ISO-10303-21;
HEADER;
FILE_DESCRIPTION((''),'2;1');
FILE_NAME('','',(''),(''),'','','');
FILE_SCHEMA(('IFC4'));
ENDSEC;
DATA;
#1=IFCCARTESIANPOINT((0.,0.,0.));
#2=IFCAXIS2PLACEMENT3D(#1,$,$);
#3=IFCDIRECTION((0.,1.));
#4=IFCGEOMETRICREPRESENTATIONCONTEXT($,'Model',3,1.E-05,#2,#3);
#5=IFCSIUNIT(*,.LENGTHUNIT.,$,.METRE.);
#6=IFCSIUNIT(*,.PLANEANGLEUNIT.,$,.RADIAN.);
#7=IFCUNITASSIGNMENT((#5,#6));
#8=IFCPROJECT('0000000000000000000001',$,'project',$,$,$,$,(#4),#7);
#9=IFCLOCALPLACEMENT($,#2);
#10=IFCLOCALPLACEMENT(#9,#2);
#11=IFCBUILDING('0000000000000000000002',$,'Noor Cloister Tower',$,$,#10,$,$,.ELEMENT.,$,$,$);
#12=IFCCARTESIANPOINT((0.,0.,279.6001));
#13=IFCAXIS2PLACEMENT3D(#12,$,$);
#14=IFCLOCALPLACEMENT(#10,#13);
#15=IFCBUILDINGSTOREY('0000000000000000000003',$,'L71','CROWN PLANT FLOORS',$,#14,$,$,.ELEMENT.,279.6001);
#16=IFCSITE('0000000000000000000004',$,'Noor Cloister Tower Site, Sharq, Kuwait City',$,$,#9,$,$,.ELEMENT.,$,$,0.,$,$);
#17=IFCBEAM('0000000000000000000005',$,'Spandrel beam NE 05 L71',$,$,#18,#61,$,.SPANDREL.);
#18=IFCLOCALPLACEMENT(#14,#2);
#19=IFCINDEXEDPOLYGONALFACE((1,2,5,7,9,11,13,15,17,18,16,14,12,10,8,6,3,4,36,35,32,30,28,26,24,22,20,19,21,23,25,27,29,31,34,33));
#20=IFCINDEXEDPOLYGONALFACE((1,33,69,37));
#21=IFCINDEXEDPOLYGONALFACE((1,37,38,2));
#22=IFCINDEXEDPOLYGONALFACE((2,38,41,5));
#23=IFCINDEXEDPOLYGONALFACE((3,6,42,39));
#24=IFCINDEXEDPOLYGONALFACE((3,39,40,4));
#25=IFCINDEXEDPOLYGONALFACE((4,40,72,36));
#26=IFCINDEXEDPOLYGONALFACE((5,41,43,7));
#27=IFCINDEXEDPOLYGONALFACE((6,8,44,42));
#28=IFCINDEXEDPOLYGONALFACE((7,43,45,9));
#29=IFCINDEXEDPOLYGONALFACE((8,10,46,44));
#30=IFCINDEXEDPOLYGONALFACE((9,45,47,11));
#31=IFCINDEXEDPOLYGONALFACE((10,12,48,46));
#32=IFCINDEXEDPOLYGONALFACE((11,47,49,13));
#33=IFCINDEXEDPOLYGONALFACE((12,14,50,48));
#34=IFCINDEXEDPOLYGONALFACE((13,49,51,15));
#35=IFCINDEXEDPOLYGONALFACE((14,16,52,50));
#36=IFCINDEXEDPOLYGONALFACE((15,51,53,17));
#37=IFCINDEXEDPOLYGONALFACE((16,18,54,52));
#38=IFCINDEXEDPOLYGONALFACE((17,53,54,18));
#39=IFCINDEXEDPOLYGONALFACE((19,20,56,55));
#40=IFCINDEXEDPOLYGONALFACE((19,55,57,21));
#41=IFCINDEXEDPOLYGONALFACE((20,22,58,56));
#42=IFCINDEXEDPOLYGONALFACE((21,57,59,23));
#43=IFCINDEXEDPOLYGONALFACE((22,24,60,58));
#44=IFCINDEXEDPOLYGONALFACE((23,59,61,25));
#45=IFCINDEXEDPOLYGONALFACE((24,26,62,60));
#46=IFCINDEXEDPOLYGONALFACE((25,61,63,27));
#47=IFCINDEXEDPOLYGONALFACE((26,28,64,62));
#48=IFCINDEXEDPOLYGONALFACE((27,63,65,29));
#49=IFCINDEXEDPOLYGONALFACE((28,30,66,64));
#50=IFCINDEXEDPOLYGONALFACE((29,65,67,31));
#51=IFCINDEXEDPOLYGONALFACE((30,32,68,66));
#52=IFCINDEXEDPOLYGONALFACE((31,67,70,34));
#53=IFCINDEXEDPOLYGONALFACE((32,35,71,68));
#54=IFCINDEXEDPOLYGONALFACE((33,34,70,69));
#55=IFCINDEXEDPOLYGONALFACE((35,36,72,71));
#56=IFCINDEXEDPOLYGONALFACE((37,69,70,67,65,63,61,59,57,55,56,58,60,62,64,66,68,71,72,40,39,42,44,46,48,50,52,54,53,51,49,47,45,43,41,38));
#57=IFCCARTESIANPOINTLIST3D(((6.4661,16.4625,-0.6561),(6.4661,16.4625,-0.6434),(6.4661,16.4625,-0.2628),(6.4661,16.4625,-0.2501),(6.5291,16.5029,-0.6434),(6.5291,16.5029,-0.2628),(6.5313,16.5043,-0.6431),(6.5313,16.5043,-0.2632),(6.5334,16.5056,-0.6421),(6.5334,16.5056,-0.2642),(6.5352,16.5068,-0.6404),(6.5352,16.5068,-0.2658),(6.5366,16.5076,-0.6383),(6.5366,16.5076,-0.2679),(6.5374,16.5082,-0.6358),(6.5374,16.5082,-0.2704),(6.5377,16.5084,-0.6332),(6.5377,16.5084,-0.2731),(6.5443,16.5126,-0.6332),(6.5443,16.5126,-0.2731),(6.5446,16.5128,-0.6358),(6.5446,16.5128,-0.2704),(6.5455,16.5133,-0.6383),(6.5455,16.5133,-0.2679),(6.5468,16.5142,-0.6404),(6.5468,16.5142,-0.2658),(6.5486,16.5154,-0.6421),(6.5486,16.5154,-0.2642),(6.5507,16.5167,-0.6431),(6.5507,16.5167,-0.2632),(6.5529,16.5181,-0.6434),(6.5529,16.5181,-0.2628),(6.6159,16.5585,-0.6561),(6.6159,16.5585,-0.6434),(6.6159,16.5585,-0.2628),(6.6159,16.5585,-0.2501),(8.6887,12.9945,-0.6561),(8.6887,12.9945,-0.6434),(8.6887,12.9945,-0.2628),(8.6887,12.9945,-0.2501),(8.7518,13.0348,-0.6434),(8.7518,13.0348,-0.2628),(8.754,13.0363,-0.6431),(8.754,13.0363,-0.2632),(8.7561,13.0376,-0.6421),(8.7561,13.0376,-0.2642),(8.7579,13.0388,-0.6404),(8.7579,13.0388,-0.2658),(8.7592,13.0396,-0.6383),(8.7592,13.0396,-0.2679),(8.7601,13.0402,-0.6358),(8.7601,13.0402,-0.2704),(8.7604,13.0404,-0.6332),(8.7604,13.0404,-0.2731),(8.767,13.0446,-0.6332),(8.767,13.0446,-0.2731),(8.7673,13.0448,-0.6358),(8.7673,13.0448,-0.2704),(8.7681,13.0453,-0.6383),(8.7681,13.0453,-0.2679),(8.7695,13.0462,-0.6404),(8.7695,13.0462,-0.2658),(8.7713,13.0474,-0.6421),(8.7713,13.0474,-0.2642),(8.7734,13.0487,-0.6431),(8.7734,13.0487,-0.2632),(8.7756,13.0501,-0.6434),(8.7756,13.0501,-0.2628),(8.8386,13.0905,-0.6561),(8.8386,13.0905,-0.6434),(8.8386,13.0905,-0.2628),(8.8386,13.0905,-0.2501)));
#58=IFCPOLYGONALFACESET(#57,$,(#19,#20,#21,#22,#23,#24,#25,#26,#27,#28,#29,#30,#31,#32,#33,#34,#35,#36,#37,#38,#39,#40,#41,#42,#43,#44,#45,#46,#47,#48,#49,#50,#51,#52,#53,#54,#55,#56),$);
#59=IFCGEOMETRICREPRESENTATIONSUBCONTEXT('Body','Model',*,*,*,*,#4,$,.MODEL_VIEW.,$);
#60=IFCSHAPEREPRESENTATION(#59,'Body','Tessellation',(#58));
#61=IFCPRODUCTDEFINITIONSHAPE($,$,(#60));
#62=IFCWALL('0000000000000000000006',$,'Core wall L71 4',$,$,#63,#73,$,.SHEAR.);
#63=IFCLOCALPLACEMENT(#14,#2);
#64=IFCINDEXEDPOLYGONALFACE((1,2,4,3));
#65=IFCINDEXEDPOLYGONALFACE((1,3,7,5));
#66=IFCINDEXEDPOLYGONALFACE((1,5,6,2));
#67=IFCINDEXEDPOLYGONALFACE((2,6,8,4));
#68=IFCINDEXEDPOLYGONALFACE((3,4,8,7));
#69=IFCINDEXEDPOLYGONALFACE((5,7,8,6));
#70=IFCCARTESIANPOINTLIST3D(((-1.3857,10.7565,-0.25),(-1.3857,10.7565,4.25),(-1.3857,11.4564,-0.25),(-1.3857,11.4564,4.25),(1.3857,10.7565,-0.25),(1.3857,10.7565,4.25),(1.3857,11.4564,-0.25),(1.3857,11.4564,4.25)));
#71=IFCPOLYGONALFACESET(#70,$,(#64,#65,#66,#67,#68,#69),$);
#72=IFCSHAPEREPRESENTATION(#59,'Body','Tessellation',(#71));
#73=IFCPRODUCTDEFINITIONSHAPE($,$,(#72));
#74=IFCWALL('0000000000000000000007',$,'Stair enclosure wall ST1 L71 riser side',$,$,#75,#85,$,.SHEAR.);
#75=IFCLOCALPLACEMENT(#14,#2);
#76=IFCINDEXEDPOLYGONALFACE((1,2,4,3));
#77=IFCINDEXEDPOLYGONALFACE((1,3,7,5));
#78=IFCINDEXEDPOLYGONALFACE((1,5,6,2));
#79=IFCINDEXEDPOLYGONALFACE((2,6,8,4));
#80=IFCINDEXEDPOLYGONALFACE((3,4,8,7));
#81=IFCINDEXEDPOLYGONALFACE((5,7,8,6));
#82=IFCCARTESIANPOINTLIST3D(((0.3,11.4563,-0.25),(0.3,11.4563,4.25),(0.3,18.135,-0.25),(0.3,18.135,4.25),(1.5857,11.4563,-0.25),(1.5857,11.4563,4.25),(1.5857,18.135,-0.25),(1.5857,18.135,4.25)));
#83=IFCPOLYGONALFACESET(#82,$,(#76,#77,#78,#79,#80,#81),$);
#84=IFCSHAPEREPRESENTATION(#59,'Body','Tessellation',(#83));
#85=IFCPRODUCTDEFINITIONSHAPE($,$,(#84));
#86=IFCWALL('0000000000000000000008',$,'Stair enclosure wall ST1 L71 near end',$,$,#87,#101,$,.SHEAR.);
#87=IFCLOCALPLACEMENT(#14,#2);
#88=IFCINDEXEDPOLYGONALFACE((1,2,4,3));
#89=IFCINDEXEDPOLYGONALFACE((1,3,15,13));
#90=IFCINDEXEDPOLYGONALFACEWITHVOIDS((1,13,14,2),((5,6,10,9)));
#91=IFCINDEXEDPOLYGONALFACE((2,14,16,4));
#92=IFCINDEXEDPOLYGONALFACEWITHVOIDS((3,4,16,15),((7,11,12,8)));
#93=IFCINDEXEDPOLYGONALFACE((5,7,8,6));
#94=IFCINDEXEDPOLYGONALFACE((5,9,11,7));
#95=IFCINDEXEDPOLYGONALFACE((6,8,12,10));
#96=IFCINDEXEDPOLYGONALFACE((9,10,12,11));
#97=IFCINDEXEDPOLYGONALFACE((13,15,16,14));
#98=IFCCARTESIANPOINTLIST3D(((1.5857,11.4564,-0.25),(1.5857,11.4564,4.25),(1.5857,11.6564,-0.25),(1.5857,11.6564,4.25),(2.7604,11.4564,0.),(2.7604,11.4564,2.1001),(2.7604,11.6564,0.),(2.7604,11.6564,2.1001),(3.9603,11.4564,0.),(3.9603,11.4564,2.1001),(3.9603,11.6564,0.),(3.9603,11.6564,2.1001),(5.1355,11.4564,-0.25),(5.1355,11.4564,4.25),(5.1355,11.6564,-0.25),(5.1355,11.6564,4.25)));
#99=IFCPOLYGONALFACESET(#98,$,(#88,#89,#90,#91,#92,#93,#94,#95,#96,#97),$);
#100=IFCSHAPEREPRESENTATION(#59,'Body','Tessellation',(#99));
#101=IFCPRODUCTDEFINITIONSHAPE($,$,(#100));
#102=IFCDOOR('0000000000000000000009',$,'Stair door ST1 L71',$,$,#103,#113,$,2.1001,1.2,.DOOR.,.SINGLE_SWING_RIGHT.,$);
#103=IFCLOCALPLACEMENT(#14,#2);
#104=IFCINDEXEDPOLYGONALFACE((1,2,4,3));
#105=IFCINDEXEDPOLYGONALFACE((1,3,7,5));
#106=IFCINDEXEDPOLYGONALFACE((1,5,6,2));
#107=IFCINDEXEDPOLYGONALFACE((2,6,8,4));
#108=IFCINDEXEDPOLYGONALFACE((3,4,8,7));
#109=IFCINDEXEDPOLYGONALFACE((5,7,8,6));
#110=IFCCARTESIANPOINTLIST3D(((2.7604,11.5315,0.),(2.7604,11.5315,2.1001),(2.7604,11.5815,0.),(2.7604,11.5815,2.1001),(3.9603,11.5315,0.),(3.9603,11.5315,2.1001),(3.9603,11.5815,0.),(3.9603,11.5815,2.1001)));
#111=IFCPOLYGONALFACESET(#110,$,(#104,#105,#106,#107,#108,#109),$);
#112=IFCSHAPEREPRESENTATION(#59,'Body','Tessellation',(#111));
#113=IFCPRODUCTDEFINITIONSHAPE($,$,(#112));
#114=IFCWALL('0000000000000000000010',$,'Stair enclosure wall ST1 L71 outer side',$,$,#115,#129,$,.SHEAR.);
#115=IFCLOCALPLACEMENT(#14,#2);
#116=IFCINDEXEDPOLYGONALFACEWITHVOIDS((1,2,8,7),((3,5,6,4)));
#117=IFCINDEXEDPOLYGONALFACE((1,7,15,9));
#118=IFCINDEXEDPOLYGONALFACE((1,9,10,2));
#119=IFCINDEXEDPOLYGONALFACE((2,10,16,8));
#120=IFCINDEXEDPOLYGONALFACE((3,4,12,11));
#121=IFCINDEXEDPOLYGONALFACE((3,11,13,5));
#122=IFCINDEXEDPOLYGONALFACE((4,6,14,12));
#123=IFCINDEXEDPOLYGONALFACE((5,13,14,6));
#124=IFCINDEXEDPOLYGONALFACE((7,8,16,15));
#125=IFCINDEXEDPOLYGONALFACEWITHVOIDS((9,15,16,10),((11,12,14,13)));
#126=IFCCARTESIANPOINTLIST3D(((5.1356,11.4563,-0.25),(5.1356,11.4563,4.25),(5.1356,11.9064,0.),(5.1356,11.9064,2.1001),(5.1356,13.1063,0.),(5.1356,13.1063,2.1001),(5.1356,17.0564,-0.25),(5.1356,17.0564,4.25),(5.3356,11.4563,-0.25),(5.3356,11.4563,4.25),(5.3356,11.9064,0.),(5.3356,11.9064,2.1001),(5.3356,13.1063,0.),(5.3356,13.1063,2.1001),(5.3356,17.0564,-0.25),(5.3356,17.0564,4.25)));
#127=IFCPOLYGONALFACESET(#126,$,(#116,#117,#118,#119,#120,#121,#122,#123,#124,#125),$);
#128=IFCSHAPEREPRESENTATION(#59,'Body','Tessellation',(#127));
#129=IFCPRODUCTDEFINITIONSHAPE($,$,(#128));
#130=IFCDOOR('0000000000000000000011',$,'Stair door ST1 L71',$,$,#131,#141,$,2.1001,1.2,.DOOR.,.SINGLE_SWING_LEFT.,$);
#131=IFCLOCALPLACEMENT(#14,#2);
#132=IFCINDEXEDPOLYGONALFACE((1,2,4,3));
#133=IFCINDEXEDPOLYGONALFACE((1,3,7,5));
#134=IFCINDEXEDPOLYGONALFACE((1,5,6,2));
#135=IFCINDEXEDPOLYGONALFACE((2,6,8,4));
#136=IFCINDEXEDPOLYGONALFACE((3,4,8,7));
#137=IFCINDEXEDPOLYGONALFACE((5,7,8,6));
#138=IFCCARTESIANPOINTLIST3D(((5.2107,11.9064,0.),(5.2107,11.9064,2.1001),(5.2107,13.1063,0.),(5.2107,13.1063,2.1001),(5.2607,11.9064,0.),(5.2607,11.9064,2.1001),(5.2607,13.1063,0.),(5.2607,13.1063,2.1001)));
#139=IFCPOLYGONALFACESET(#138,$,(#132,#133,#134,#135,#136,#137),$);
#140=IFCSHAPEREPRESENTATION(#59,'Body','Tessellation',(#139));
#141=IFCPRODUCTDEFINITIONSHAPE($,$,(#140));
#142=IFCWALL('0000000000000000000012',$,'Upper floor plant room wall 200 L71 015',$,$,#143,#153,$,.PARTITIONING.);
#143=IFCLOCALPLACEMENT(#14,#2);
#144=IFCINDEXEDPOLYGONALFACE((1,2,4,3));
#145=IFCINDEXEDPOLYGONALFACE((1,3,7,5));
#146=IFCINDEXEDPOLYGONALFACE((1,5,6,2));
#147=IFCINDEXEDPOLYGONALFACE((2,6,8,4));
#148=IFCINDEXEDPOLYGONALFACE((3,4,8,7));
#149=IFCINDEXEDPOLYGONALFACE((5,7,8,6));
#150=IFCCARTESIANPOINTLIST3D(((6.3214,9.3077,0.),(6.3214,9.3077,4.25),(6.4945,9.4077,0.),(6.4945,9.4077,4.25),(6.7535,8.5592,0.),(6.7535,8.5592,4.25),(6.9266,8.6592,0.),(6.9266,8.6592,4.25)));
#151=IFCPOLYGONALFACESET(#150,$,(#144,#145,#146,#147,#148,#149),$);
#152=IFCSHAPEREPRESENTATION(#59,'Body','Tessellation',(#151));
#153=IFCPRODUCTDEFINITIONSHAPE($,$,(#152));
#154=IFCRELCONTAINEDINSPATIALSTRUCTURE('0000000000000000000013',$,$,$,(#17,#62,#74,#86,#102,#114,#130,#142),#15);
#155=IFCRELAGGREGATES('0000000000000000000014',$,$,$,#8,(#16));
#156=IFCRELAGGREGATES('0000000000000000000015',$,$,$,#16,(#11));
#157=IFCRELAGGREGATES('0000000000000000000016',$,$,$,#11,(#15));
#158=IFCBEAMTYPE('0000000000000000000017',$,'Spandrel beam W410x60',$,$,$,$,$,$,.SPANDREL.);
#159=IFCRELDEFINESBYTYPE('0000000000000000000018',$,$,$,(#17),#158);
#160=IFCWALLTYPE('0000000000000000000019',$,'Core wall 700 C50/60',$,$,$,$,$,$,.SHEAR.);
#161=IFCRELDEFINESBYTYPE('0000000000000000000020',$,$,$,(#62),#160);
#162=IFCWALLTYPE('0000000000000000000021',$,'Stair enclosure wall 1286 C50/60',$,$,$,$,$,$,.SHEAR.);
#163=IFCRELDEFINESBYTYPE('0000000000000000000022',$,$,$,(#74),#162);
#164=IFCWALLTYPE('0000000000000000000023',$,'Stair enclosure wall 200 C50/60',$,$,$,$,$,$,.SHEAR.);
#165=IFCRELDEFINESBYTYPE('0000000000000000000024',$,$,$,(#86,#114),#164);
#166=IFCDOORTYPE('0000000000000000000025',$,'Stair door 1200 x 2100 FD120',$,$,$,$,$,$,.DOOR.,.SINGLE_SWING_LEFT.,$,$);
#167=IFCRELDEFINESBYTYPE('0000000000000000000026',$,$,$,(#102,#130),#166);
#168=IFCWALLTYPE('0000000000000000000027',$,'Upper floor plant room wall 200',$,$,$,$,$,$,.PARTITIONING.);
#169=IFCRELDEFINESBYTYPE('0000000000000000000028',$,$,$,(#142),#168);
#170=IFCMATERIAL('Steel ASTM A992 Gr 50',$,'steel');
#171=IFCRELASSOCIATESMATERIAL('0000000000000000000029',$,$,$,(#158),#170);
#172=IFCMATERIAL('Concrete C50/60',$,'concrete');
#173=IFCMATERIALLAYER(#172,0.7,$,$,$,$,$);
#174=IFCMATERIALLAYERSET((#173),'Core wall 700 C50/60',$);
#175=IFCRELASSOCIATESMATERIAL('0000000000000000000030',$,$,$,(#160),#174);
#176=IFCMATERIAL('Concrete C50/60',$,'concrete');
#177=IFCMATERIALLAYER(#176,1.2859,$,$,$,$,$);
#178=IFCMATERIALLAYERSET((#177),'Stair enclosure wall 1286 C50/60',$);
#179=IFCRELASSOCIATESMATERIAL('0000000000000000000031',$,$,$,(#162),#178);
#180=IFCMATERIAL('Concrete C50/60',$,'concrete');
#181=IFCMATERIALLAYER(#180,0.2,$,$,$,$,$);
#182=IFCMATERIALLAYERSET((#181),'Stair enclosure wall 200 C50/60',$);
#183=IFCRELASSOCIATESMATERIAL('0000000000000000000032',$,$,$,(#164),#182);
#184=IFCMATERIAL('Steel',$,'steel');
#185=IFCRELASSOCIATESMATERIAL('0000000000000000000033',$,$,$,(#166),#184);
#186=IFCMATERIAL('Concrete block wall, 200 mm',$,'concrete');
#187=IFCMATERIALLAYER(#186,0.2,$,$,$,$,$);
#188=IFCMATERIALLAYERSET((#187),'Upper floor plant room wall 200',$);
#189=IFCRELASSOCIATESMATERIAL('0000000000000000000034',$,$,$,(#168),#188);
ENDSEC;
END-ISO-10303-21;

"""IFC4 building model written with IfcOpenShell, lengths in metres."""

from ifc_helpers import new_model, si_unit, direction, frame, frame_2d, origin, origin_2d, place, context, subcontext, project, spatial, rectangle, i_section, extrude, material, layer, layer_set, material_profile, profile_set, type_object, element, fill, save


model = new_model("IFC4")

# Units and contexts
model_context = context("Model", 3, precision=1e-05, world=origin(), true_north=direction((0.0, 1.0)))
body_context = subcontext(model_context, "Body", "Model", "MODEL_VIEW")
ifc_project = project(units=[si_unit("LENGTHUNIT", "METRE"), si_unit("PLANEANGLEUNIT", "RADIAN")], contexts=[model_context])

# Site, building, storey
site_placement = place(None, origin())
site = spatial("IfcSite", under=ifc_project, at=site_placement, Name="Noor Cloister Tower Site, Sharq, Kuwait City", CompositionType="ELEMENT", RefElevation=0.0)
building_placement = place(site_placement, origin())
building = spatial("IfcBuilding", under=site, at=building_placement, Name="Noor Cloister Tower", CompositionType="ELEMENT")
storey_placement = place(building_placement, frame((0.0, 0.0, 279.6001)))
storey = spatial("IfcBuildingStorey", under=building, at=storey_placement, Name="L71", Description="CROWN PLANT FLOORS", CompositionType="ELEMENT", Elevation=279.6001)

# Beam
ifc_material_1 = material(Name="Steel ASTM A992 Gr 50", Category="steel")
ifc_material_profile_1 = material_profile(ifc_material_1, i_section(OverallWidth=0.178, OverallDepth=0.406, WebThickness=0.0078, FlangeThickness=0.0127, FilletRadius=0.0103, at=origin_2d()), Name="W410x60")
ifc_profile_set_1 = profile_set([ifc_material_profile_1], Name="Steel ASTM A992 Gr 50")
beam_type_1 = type_object("IfcBeamType", Name="Spandrel beam W410x60", PredefinedType="SPANDREL", material=ifc_profile_set_1)
beam_1_placement = place(storey_placement, frame((8.7637, 13.0425, -0.4531), z_axis=(-0.539592, 0.841927, 0.0), x_axis=(-0.841927, -0.539592, 0.0)))
element("IfcBeam", 1, at=beam_1_placement, inside=storey, type_object=beam_type_1, Name="Spandrel beam NE 05 L71", PredefinedType="SPANDREL", context=body_context, shape_type="SweptSolid", body=[
    extrude(i_section(OverallWidth=0.178, OverallDepth=0.406, WebThickness=0.0078, FlangeThickness=0.0127, FilletRadius=0.0103, at=origin_2d()), origin(), (0.0, 0.0, 1.0), 4.1191),
])

# Walls
ifc_material_2 = material(Name="Concrete C50/60", Category="concrete")
ifc_layer_1 = layer(ifc_material_2, 0.7)
ifc_layer_set_1 = layer_set([ifc_layer_1], Name="Core wall 700 C50/60")
wall_type_1 = type_object("IfcWallType", Name="Core wall 700 C50/60", PredefinedType="SHEAR", material=ifc_layer_set_1)
wall_1_placement = place(storey_placement, frame((1.3857, 11.1064, -0.25), z_axis=(0.0, 0.0, 1.0), x_axis=(-1.0, 0.0, 0.0)))
element("IfcWall", 2, at=wall_1_placement, inside=storey, type_object=wall_type_1, Name="Core wall L71 4", PredefinedType="SHEAR", context=body_context, shape_type="SweptSolid", body=[
    extrude(rectangle(XDim=2.7715, YDim=0.7, at=frame_2d((1.3857, 0.0))), origin(), (0.0, 0.0, 1.0), 4.5),
])
ifc_material_3 = material(Name="Concrete C50/60", Category="concrete")
ifc_layer_2 = layer(ifc_material_3, 1.2859)
ifc_layer_set_2 = layer_set([ifc_layer_2], Name="Stair enclosure wall 1286 C50/60")
wall_type_2 = type_object("IfcWallType", Name="Stair enclosure wall 1286 C50/60", PredefinedType="SHEAR", material=ifc_layer_set_2)
wall_2_placement = place(storey_placement, frame((0.9429, 11.4563, -0.25), z_axis=(0.0, 0.0, 1.0), x_axis=(0.0, 1.0, 0.0)))
element("IfcWall", 3, at=wall_2_placement, inside=storey, type_object=wall_type_2, Name="Stair enclosure wall ST1 L71 riser side", PredefinedType="SHEAR", context=body_context, shape_type="SweptSolid", body=[
    extrude(rectangle(XDim=6.6787, YDim=1.2856, at=frame_2d((3.3394, 0.0))), origin(), (0.0, 0.0, 1.0), 4.5),
])

# Walls, openings, doors
ifc_material_4 = material(Name="Concrete C50/60", Category="concrete")
ifc_layer_3 = layer(ifc_material_4, 0.2)
ifc_layer_set_3 = layer_set([ifc_layer_3], Name="Stair enclosure wall 200 C50/60")
wall_type_3 = type_object("IfcWallType", Name="Stair enclosure wall 200 C50/60", PredefinedType="SHEAR", material=ifc_layer_set_3)
wall_3_placement = place(storey_placement, frame((5.1355, 11.5564, -0.25), z_axis=(0.0, 0.0, 1.0), x_axis=(-1.0, 0.0, 0.0)))
wall_3 = element("IfcWall", 4, at=wall_3_placement, inside=storey, type_object=wall_type_3, Name="Stair enclosure wall ST1 L71 near end", PredefinedType="SHEAR", context=body_context, shape_type="SweptSolid", body=[
    extrude(rectangle(XDim=3.5498, YDim=0.2, at=frame_2d((1.7749, 0.0))), origin(), (0.0, 0.0, 1.0), 4.5),
])
opening_1_placement = place(wall_3_placement, frame((1.175, 0.0, 0.25)))
opening_1 = element("IfcOpeningElement", 5, at=opening_1_placement, cuts=wall_3, PredefinedType="OPENING", context=body_context, shape_type="SweptSolid", body=[
    extrude(rectangle(XDim=1.2, YDim=2.1001, at=frame_2d((0.6001, 1.05))), frame((0.0, 0.1099, 0.0), z_axis=(0.0, -1.0, 0.0), x_axis=(1.0, 0.0, 0.0)), (0.0, 0.0, 1.0), 0.22),
])
ifc_material_5 = material(Name="Steel", Category="steel")
door_type_1 = type_object("IfcDoorType", Name="Stair door 1200 x 2100 FD120", OperationType="SINGLE_SWING_LEFT", PredefinedType="DOOR", material=ifc_material_5)
door_1_placement = place(opening_1_placement, origin())
door_1 = element("IfcDoor", 6, at=door_1_placement, inside=storey, type_object=door_type_1, Name="Stair door ST1 L71", OperationType="SINGLE_SWING_RIGHT", OverallHeight=2.1001, OverallWidth=1.2, PredefinedType="DOOR", context=body_context, shape_type="SweptSolid", body=[
    extrude(rectangle(XDim=1.2, YDim=2.1001, at=frame_2d((0.6001, 1.05))), frame((0.0, 0.0249, 0.0), z_axis=(0.0, -1.0, 0.0), x_axis=(1.0, 0.0, 0.0)), (0.0, 0.0, 1.0), 0.05),
])
fill(opening_1, door_1)
wall_4_placement = place(storey_placement, frame((5.2356, 11.4563, -0.25), z_axis=(0.0, 0.0, 1.0), x_axis=(0.0, 1.0, 0.0)))
wall_4 = element("IfcWall", 7, at=wall_4_placement, inside=storey, type_object=wall_type_3, Name="Stair enclosure wall ST1 L71 outer side", PredefinedType="SHEAR", context=body_context, shape_type="SweptSolid", body=[
    extrude(rectangle(XDim=5.6001, YDim=0.2, at=frame_2d((2.8, 0.0))), origin(), (0.0, 0.0, 1.0), 4.5),
])
opening_2_placement = place(wall_4_placement, frame((0.45, 0.0, 0.25)))
opening_2 = element("IfcOpeningElement", 8, at=opening_2_placement, cuts=wall_4, PredefinedType="OPENING", context=body_context, shape_type="SweptSolid", body=[
    extrude(rectangle(XDim=1.2, YDim=2.1001, at=frame_2d((0.6001, 1.05))), frame((0.0, 0.1099, 0.0), z_axis=(0.0, -1.0, 0.0), x_axis=(1.0, 0.0, 0.0)), (0.0, 0.0, 1.0), 0.22),
])
door_2_placement = place(opening_2_placement, origin())
door_2 = element("IfcDoor", 9, at=door_2_placement, inside=storey, type_object=door_type_1, Name="Stair door ST1 L71", OperationType="SINGLE_SWING_LEFT", OverallHeight=2.1001, OverallWidth=1.2, PredefinedType="DOOR", context=body_context, shape_type="SweptSolid", body=[
    extrude(rectangle(XDim=1.2, YDim=2.1001, at=frame_2d((0.6001, 1.05))), frame((0.0, 0.0249, 0.0), z_axis=(0.0, -1.0, 0.0), x_axis=(1.0, 0.0, 0.0)), (0.0, 0.0, 1.0), 0.05),
])
fill(opening_2, door_2)

# Wall
ifc_material_6 = material(Name="Concrete block wall, 200 mm", Category="concrete")
ifc_layer_4 = layer(ifc_material_6, 0.2)
ifc_layer_set_4 = layer_set([ifc_layer_4], Name="Upper floor plant room wall 200")
wall_type_4 = type_object("IfcWallType", Name="Upper floor plant room wall 200", PredefinedType="PARTITIONING", material=ifc_layer_set_4)
wall_5_placement = place(storey_placement, frame((6.408, 9.3577, 0.0), z_axis=(0.0, 0.0, 1.0), x_axis=(0.499967, -0.866044, 0.0)))
element("IfcWall", 10, at=wall_5_placement, inside=storey, type_object=wall_type_4, Name="Upper floor plant room wall 200 L71 015", PredefinedType="PARTITIONING", context=body_context, shape_type="SweptSolid", body=[
    extrude(rectangle(XDim=0.8643, YDim=0.2, at=frame_2d((0.4321, 0.0))), origin(), (0.0, 0.0, 1.0), 4.25),
])

save(model, "model.ifc")
